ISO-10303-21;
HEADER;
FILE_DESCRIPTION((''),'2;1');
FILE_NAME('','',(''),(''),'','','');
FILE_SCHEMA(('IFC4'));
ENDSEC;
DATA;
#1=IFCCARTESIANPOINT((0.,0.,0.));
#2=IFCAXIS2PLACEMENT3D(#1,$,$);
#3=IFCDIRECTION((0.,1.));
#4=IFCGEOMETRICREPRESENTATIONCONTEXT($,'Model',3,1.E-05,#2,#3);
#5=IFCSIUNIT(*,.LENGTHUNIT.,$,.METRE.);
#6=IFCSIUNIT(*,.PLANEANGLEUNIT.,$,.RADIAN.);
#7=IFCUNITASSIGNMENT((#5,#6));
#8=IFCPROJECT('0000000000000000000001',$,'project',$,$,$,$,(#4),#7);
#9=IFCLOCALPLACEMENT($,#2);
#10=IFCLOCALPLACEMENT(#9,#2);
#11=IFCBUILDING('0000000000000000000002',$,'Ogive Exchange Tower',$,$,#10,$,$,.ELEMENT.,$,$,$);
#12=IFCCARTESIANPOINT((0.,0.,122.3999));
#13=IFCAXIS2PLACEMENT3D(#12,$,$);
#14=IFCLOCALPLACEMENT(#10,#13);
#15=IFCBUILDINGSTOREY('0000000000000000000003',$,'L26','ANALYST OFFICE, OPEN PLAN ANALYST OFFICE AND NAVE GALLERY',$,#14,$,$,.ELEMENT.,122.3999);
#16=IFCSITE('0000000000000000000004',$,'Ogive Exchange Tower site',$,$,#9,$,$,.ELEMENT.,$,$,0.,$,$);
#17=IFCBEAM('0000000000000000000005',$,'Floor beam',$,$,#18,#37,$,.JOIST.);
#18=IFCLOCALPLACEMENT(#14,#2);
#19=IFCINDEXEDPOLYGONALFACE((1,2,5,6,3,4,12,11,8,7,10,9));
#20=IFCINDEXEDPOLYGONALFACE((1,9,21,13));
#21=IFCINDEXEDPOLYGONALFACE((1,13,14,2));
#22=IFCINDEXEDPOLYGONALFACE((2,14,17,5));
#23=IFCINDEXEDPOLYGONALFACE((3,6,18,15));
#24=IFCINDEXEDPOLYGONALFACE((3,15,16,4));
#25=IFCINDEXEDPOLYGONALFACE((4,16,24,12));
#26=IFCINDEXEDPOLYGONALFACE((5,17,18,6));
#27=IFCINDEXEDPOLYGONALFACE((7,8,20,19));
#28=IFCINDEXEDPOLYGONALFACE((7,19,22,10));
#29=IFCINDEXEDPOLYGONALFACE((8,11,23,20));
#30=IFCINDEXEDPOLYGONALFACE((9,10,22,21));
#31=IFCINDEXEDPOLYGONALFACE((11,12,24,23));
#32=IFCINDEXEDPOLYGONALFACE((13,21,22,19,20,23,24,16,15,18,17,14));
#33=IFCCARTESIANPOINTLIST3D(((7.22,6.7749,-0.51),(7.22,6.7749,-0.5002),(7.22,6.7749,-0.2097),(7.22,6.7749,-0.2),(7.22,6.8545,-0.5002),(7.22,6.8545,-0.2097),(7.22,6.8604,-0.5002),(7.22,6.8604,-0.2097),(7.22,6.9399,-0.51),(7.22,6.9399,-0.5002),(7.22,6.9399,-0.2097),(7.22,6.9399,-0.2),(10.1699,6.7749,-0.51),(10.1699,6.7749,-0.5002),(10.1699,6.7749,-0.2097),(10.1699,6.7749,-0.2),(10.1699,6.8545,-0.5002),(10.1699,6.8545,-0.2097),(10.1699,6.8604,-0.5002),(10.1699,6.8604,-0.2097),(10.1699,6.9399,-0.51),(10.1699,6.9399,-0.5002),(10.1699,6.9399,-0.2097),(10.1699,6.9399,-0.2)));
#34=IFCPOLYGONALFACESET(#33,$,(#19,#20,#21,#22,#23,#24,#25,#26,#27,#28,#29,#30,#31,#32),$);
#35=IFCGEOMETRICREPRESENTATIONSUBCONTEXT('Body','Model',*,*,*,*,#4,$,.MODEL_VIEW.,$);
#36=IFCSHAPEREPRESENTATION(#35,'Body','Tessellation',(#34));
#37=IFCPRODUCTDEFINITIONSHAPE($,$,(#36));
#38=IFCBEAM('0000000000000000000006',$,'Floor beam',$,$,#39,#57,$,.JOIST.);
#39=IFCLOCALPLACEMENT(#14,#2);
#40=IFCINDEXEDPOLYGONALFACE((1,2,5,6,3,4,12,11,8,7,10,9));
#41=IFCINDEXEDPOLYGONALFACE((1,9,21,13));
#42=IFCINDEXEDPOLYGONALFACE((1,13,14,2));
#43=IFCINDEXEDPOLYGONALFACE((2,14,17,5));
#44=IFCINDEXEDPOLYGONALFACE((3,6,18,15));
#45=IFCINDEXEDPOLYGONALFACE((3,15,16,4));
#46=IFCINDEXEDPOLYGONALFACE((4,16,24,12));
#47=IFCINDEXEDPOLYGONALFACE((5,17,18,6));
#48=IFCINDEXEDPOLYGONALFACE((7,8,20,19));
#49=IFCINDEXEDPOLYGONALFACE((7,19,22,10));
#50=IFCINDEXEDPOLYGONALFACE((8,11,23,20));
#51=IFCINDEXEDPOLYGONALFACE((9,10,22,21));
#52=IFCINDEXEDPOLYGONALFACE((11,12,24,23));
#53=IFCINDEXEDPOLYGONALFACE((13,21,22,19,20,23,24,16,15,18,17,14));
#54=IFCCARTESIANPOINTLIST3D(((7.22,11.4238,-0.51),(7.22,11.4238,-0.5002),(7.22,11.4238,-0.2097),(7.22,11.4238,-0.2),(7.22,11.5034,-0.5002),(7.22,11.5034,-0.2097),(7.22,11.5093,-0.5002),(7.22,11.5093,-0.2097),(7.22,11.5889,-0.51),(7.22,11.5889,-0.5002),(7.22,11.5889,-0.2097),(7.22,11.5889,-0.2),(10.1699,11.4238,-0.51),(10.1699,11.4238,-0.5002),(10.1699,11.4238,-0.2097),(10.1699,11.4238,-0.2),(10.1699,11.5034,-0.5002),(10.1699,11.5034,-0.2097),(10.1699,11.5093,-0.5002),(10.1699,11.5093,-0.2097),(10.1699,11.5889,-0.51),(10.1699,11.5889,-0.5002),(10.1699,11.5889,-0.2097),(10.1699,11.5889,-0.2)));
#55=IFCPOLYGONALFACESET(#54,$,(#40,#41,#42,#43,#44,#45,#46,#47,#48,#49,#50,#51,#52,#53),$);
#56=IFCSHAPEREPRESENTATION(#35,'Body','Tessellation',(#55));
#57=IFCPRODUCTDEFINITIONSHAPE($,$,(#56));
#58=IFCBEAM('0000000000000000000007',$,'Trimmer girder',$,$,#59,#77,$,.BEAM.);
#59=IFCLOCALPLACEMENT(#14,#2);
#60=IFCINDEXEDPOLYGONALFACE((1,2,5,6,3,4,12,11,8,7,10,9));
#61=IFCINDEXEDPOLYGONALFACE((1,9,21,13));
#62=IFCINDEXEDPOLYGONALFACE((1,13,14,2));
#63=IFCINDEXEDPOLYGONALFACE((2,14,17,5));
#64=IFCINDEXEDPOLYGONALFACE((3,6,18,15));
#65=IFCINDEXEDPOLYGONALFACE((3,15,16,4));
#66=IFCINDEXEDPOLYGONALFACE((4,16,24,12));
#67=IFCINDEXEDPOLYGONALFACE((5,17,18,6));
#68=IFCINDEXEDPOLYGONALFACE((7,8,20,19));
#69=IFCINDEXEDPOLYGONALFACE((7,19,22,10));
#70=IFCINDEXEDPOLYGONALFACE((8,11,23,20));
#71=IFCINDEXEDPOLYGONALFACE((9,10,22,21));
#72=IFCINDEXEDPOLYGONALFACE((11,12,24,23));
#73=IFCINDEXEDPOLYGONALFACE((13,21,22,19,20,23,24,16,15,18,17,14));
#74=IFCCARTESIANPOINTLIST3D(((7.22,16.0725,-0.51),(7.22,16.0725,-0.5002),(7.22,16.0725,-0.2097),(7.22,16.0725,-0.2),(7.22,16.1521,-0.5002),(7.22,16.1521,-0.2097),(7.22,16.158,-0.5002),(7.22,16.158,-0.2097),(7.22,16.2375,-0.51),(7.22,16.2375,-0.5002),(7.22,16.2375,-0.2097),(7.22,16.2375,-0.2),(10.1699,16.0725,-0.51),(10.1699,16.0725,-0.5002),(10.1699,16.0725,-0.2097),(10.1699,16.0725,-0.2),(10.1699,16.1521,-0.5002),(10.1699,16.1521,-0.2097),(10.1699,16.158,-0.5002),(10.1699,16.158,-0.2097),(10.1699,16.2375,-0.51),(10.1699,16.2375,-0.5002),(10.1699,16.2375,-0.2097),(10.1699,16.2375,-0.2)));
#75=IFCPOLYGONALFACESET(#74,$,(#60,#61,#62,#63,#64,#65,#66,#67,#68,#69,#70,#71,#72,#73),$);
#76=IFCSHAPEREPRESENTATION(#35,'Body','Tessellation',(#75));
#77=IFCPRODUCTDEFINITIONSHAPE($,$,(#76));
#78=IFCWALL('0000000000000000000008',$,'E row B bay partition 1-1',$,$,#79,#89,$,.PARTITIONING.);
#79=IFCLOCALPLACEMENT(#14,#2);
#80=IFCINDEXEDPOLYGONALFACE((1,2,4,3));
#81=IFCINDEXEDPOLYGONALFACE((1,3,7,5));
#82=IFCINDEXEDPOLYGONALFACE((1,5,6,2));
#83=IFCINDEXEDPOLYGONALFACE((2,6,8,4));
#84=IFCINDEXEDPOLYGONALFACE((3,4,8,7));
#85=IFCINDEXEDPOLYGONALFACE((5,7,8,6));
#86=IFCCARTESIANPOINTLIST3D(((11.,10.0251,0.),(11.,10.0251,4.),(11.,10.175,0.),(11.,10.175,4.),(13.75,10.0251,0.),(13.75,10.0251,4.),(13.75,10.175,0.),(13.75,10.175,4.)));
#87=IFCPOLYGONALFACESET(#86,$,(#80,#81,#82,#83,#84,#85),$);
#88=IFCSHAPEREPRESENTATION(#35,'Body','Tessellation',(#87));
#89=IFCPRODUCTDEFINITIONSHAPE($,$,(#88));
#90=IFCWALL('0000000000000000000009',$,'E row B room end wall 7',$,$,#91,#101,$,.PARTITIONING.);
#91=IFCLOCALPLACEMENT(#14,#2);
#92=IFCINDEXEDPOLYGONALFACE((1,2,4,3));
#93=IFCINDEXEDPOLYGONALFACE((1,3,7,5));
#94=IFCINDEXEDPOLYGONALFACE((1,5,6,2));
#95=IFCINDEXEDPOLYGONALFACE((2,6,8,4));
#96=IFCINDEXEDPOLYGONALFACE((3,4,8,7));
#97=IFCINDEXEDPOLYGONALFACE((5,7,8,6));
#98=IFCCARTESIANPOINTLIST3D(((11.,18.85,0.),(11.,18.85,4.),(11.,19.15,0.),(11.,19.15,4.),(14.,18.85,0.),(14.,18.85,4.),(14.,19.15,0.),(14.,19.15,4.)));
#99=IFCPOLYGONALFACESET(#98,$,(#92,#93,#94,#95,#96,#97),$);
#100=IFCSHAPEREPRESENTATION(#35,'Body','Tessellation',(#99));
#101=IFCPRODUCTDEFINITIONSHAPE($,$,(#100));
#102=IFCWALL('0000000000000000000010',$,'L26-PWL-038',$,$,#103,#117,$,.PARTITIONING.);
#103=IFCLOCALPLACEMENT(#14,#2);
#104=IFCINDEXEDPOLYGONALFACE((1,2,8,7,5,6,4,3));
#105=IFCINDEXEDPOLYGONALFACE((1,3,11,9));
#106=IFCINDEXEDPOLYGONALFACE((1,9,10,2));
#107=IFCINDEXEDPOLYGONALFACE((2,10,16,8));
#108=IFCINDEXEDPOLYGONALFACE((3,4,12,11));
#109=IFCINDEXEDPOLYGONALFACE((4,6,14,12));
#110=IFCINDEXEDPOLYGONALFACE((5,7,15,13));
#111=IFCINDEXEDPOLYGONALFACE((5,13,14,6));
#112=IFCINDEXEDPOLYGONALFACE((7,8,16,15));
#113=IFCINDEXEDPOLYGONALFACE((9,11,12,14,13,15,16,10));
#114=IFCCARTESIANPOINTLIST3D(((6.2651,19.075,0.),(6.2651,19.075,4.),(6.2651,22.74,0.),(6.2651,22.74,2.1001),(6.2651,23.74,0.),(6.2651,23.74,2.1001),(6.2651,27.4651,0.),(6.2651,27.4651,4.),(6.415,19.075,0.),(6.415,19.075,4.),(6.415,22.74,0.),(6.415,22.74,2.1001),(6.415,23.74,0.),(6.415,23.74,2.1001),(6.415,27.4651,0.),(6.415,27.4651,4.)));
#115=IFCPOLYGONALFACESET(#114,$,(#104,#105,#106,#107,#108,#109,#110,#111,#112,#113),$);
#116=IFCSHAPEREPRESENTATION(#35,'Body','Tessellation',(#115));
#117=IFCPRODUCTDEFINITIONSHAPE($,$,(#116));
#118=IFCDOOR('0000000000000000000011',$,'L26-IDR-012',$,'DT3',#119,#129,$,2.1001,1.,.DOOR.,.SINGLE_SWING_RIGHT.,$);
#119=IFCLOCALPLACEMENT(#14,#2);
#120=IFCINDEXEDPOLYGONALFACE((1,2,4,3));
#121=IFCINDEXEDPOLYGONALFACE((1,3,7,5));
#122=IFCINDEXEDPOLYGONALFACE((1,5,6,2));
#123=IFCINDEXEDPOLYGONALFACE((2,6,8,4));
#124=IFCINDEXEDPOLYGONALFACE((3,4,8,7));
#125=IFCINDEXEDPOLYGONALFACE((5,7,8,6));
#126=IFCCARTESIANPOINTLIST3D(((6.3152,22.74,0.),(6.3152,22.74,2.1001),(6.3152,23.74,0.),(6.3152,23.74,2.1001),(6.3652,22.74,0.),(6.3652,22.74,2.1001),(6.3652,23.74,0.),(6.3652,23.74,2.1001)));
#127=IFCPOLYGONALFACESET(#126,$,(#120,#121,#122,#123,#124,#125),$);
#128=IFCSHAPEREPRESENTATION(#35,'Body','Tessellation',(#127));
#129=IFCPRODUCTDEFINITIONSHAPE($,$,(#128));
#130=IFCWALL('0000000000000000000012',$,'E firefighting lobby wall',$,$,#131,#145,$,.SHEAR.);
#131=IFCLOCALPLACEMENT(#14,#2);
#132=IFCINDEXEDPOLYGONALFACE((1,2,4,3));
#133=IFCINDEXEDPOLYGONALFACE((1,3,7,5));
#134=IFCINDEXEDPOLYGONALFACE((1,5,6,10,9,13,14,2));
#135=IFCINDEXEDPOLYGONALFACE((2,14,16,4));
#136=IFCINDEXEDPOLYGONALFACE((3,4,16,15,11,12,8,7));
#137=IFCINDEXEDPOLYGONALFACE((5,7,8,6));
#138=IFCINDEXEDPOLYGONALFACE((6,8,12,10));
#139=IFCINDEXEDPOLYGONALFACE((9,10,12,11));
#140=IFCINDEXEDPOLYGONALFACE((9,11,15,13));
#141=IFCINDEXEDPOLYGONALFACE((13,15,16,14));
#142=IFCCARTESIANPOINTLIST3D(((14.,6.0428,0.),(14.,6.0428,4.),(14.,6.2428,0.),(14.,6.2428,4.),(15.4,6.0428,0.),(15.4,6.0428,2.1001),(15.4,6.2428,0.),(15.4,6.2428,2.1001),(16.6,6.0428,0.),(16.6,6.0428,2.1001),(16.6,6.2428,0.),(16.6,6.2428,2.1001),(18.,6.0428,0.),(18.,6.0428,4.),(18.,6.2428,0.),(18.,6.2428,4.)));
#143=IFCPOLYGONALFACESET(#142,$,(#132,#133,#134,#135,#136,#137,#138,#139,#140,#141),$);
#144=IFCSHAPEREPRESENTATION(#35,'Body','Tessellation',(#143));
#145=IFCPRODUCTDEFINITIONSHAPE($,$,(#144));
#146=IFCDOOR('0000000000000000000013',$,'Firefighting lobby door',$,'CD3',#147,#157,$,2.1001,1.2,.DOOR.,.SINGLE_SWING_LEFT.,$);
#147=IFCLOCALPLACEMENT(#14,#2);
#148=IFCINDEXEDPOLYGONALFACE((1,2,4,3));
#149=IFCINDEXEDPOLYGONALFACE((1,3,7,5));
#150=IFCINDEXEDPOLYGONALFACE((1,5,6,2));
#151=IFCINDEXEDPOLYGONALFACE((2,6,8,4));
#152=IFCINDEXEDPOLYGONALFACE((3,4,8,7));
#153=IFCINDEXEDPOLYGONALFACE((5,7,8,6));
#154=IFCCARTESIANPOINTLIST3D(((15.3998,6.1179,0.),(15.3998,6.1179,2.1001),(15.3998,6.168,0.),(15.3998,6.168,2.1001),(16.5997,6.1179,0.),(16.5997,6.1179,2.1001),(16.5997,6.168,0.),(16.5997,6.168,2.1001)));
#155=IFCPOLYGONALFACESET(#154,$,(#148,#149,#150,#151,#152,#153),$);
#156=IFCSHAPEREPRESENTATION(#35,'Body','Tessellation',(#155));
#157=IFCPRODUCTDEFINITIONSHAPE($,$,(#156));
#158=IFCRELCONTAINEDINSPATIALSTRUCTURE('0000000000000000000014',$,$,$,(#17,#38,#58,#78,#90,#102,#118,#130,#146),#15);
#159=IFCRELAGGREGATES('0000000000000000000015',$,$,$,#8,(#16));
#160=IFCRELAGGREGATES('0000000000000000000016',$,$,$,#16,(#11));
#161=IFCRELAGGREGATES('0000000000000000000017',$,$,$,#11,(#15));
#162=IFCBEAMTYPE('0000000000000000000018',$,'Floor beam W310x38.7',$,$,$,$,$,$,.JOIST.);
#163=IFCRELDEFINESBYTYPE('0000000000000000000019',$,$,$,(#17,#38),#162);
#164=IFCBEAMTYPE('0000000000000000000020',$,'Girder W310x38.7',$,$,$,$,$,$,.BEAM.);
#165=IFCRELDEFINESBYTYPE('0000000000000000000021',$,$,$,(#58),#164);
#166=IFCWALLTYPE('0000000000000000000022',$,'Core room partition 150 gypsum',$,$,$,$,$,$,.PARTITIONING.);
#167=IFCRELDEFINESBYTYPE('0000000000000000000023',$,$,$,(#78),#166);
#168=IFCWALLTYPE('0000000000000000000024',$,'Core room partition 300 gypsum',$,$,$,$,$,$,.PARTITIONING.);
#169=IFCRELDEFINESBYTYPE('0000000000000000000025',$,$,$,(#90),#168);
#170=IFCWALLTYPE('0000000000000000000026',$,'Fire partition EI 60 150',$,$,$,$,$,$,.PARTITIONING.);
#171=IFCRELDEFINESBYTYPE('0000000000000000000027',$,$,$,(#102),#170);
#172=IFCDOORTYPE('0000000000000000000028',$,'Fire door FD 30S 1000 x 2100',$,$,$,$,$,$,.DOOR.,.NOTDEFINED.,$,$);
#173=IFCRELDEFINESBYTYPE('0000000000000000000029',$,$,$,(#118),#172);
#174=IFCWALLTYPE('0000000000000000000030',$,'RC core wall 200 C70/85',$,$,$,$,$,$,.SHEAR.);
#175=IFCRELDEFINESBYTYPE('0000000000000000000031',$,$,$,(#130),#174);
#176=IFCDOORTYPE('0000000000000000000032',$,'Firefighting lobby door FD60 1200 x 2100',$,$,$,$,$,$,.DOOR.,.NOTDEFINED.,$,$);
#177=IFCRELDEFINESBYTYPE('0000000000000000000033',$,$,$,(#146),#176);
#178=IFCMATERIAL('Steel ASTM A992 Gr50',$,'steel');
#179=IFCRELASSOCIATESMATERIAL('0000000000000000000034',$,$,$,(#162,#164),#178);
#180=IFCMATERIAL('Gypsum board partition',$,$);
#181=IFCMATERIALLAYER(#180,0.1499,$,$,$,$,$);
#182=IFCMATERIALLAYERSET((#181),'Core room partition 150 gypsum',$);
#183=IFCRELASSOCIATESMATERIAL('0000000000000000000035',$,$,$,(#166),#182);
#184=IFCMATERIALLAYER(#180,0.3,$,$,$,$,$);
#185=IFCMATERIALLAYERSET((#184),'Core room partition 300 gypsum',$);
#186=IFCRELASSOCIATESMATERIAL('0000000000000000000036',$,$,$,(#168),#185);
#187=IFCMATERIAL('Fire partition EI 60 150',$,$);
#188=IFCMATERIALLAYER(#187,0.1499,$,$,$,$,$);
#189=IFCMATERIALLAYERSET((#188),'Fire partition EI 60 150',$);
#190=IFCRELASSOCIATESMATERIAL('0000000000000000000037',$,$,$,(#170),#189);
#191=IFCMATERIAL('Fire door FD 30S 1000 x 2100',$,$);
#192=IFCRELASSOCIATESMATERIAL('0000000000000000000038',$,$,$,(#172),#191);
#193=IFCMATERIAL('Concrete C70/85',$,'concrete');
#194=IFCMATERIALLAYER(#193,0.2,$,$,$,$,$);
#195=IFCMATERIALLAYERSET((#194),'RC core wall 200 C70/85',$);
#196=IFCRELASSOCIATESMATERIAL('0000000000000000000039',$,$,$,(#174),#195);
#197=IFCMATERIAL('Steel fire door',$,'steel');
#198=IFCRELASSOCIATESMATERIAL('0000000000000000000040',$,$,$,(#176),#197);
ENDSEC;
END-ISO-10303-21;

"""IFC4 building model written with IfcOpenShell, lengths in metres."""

from ifc_helpers import new_model, si_unit, direction, frame, frame_2d, origin, origin_2d, place, context, subcontext, project, spatial, rectangle, i_section, extrude, material, layer, layer_set, material_profile, profile_set, type_object, element, fill, save


model = new_model("IFC4")

# Units and contexts
model_context = context("Model", 3, precision=1e-05, world=origin(), true_north=direction((0.0, 1.0)))
body_context = subcontext(model_context, "Body", "Model", "MODEL_VIEW")
ifc_project = project(units=[si_unit("LENGTHUNIT", "METRE"), si_unit("PLANEANGLEUNIT", "RADIAN")], contexts=[model_context])

# Site, building, storey
site_placement = place(None, origin())
site = spatial("IfcSite", under=ifc_project, at=site_placement, Name="Ogive Exchange Tower site", CompositionType="ELEMENT", RefElevation=0.0)
building_placement = place(site_placement, origin())
building = spatial("IfcBuilding", under=site, at=building_placement, Name="Ogive Exchange Tower", CompositionType="ELEMENT")
storey_placement = place(building_placement, frame((0.0, 0.0, 122.3999)))
storey = spatial("IfcBuildingStorey", under=building, at=storey_placement, Name="L26", Description="ANALYST OFFICE, OPEN PLAN ANALYST OFFICE AND NAVE GALLERY", CompositionType="ELEMENT", Elevation=122.3999)

# Beams
ifc_material_1 = material(Name="Steel ASTM A992 Gr50", Category="steel")
ifc_material_profile_1 = material_profile(ifc_material_1, i_section(OverallWidth=0.165, OverallDepth=0.3101, WebThickness=0.0059, FlangeThickness=0.0098, at=origin_2d()), Name="W310x38.7")
ifc_profile_set_1 = profile_set([ifc_material_profile_1], Name="Steel ASTM A992 Gr50")
beam_type_1 = type_object("IfcBeamType", Name="Floor beam W310x38.7", PredefinedType="JOIST", material=ifc_profile_set_1)
for number, where, z_axis, x_axis, name in (
    (1, (7.22, 6.8574, -0.355), (1.0, 0.0, 0.0), (0.0, 1.0, 0.0), "Floor beam"),
    (2, (7.22, 11.5063, -0.355), (1.0, 0.0, 0.0), (0.0, 1.0, 0.0), "Floor beam"),
):
    element("IfcBeam", number, at=place(storey_placement, frame(where, z_axis=z_axis, x_axis=x_axis)), inside=storey, type_object=beam_type_1, Name=name, PredefinedType="JOIST", context=body_context, shape_type="SweptSolid", body=[
        extrude(i_section(OverallWidth=0.165, OverallDepth=0.3101, WebThickness=0.0059, FlangeThickness=0.0098, at=origin_2d()), origin(), (0.0, 0.0, 1.0), 2.95),
    ])
ifc_material_profile_2 = material_profile(ifc_material_1, i_section(OverallWidth=0.165, OverallDepth=0.3101, WebThickness=0.0059, FlangeThickness=0.0098, at=origin_2d()), Name="W310x38.7")
ifc_profile_set_2 = profile_set([ifc_material_profile_2], Name="Steel ASTM A992 Gr50")
beam_type_2 = type_object("IfcBeamType", Name="Girder W310x38.7", PredefinedType="BEAM", material=ifc_profile_set_2)
beam_placement = place(storey_placement, frame((7.22, 16.155, -0.355), z_axis=(1.0, 0.0, 0.0), x_axis=(0.0, 1.0, 0.0)))
element("IfcBeam", 3, at=beam_placement, inside=storey, type_object=beam_type_2, Name="Trimmer girder", PredefinedType="BEAM", context=body_context, shape_type="SweptSolid", body=[
    extrude(i_section(OverallWidth=0.165, OverallDepth=0.3101, WebThickness=0.0059, FlangeThickness=0.0098, at=origin_2d()), origin(), (0.0, 0.0, 1.0), 2.95),
])

# Walls
ifc_material_2 = material(Name="Gypsum board partition")
ifc_layer_1 = layer(ifc_material_2, 0.1499)
ifc_layer_set_1 = layer_set([ifc_layer_1], Name="Core room partition 150 gypsum")
wall_type_1 = type_object("IfcWallType", Name="Core room partition 150 gypsum", PredefinedType="PARTITIONING", material=ifc_layer_set_1)
wall_1_placement = place(storey_placement, frame((11.0, 10.1001, 0.0), z_axis=(0.0, 0.0, 1.0), x_axis=(1.0, 0.0, 0.0)))
element("IfcWall", 4, at=wall_1_placement, inside=storey, type_object=wall_type_1, Name="E row B bay partition 1-1", PredefinedType="PARTITIONING", context=body_context, shape_type="SweptSolid", body=[
    extrude(rectangle(XDim=2.75, YDim=0.1499, at=frame_2d((1.375, 0.0))), origin(), (0.0, 0.0, 1.0), 4.0),
])
ifc_layer_2 = layer(ifc_material_2, 0.3)
ifc_layer_set_2 = layer_set([ifc_layer_2], Name="Core room partition 300 gypsum")
wall_type_2 = type_object("IfcWallType", Name="Core room partition 300 gypsum", PredefinedType="PARTITIONING", material=ifc_layer_set_2)
wall_2_placement = place(storey_placement, frame((11.0, 19.0, 0.0), z_axis=(0.0, 0.0, 1.0), x_axis=(1.0, 0.0, 0.0)))
element("IfcWall", 5, at=wall_2_placement, inside=storey, type_object=wall_type_2, Name="E row B room end wall 7", PredefinedType="PARTITIONING", context=body_context, shape_type="SweptSolid", body=[
    extrude(rectangle(XDim=3.0, YDim=0.3, at=frame_2d((1.5, 0.0))), origin(), (0.0, 0.0, 1.0), 4.0),
])

# Walls, openings, doors
ifc_material_3 = material(Name="Fire partition EI 60 150")
ifc_layer_3 = layer(ifc_material_3, 0.1499)
ifc_layer_set_3 = layer_set([ifc_layer_3], Name="Fire partition EI 60 150")
wall_type_3 = type_object("IfcWallType", Name="Fire partition EI 60 150", PredefinedType="PARTITIONING", material=ifc_layer_set_3)
wall_3_placement = place(storey_placement, frame((6.3401, 19.075, 0.0), z_axis=(0.0, 0.0, 1.0), x_axis=(0.0, 1.0, 0.0)))
wall_3 = element("IfcWall", 6, at=wall_3_placement, inside=storey, type_object=wall_type_3, Name="L26-PWL-038", PredefinedType="PARTITIONING", context=body_context, shape_type="SweptSolid", body=[
    extrude(rectangle(XDim=8.3901, YDim=0.1499, at=frame_2d((4.1951, 0.0))), origin(), (0.0, 0.0, 1.0), 4.0),
])
opening_1_placement = place(wall_3_placement, frame((3.665, 0.0, 0.0)))
opening_1 = element("IfcOpeningElement", 7, at=opening_1_placement, cuts=wall_3, PredefinedType="OPENING", context=body_context, shape_type="SweptSolid", body=[
    extrude(rectangle(XDim=1.0, YDim=2.1001, at=frame_2d((0.5, 1.05))), frame((0.0, 0.085, 0.0), z_axis=(0.0, -1.0, 0.0), x_axis=(1.0, 0.0, 0.0)), (0.0, 0.0, 1.0), 0.1699),
])
ifc_material_4 = material(Name="Fire door FD 30S 1000 x 2100")
door_type_1 = type_object("IfcDoorType", Name="Fire door FD 30S 1000 x 2100", OperationType="NOTDEFINED", PredefinedType="DOOR", material=ifc_material_4)
door_1_placement = place(opening_1_placement, origin())
door_1 = element("IfcDoor", 8, at=door_1_placement, inside=storey, type_object=door_type_1, Name="L26-IDR-012", ObjectType="DT3", OperationType="SINGLE_SWING_RIGHT", OverallHeight=2.1001, OverallWidth=1.0, PredefinedType="DOOR", context=body_context, shape_type="SweptSolid", body=[
    extrude(rectangle(XDim=1.0, YDim=2.1001, at=frame_2d((0.5, 1.05))), frame((0.0, 0.0249, 0.0), z_axis=(0.0, -1.0, 0.0), x_axis=(1.0, 0.0, 0.0)), (0.0, 0.0, 1.0), 0.05),
])
fill(opening_1, door_1)
ifc_material_5 = material(Name="Concrete C70/85", Category="concrete")
ifc_layer_4 = layer(ifc_material_5, 0.2)
ifc_layer_set_4 = layer_set([ifc_layer_4], Name="RC core wall 200 C70/85")
wall_type_4 = type_object("IfcWallType", Name="RC core wall 200 C70/85", PredefinedType="SHEAR", material=ifc_layer_set_4)
wall_4_placement = place(storey_placement, frame((14.0, 6.1428, 0.0), z_axis=(0.0, 0.0, 1.0), x_axis=(1.0, 0.0, 0.0)))
wall_4 = element("IfcWall", 9, at=wall_4_placement, inside=storey, type_object=wall_type_4, Name="E firefighting lobby wall", PredefinedType="SHEAR", context=body_context, shape_type="SweptSolid", body=[
    extrude(rectangle(XDim=4.0, YDim=0.2, at=frame_2d((2.0, 0.0))), origin(), (0.0, 0.0, 1.0), 4.0),
])
opening_2_placement = place(wall_4_placement, frame((1.3999, 0.0, 0.0)))
opening_2 = element("IfcOpeningElement", 10, at=opening_2_placement, cuts=wall_4, PredefinedType="OPENING", context=body_context, shape_type="SweptSolid", body=[
    extrude(rectangle(XDim=1.2, YDim=2.1001, at=frame_2d((0.6001, 1.05))), frame((0.0, 0.1099, 0.0), z_axis=(0.0, -1.0, 0.0), x_axis=(1.0, 0.0, 0.0)), (0.0, 0.0, 1.0), 0.22),
])
ifc_material_6 = material(Name="Steel fire door", Category="steel")
door_type_2 = type_object("IfcDoorType", Name="Firefighting lobby door FD60 1200 x 2100", OperationType="NOTDEFINED", PredefinedType="DOOR", material=ifc_material_6)
door_2_placement = place(opening_2_placement, frame((1.2, 0.0, 0.0), z_axis=(0.0, 0.0, 1.0), x_axis=(-1.0, 0.0, 0.0)))
door_2 = element("IfcDoor", 11, at=door_2_placement, inside=storey, type_object=door_type_2, Name="Firefighting lobby door", ObjectType="CD3", OperationType="SINGLE_SWING_LEFT", OverallHeight=2.1001, OverallWidth=1.2, PredefinedType="DOOR", context=body_context, shape_type="SweptSolid", body=[
    extrude(rectangle(XDim=1.2, YDim=2.1001, at=frame_2d((0.6001, 1.05))), frame((0.0, 0.0249, 0.0), z_axis=(0.0, -1.0, 0.0), x_axis=(1.0, 0.0, 0.0)), (0.0, 0.0, 1.0), 0.05),
])
fill(opening_2, door_2)

save(model, "model.ifc")
